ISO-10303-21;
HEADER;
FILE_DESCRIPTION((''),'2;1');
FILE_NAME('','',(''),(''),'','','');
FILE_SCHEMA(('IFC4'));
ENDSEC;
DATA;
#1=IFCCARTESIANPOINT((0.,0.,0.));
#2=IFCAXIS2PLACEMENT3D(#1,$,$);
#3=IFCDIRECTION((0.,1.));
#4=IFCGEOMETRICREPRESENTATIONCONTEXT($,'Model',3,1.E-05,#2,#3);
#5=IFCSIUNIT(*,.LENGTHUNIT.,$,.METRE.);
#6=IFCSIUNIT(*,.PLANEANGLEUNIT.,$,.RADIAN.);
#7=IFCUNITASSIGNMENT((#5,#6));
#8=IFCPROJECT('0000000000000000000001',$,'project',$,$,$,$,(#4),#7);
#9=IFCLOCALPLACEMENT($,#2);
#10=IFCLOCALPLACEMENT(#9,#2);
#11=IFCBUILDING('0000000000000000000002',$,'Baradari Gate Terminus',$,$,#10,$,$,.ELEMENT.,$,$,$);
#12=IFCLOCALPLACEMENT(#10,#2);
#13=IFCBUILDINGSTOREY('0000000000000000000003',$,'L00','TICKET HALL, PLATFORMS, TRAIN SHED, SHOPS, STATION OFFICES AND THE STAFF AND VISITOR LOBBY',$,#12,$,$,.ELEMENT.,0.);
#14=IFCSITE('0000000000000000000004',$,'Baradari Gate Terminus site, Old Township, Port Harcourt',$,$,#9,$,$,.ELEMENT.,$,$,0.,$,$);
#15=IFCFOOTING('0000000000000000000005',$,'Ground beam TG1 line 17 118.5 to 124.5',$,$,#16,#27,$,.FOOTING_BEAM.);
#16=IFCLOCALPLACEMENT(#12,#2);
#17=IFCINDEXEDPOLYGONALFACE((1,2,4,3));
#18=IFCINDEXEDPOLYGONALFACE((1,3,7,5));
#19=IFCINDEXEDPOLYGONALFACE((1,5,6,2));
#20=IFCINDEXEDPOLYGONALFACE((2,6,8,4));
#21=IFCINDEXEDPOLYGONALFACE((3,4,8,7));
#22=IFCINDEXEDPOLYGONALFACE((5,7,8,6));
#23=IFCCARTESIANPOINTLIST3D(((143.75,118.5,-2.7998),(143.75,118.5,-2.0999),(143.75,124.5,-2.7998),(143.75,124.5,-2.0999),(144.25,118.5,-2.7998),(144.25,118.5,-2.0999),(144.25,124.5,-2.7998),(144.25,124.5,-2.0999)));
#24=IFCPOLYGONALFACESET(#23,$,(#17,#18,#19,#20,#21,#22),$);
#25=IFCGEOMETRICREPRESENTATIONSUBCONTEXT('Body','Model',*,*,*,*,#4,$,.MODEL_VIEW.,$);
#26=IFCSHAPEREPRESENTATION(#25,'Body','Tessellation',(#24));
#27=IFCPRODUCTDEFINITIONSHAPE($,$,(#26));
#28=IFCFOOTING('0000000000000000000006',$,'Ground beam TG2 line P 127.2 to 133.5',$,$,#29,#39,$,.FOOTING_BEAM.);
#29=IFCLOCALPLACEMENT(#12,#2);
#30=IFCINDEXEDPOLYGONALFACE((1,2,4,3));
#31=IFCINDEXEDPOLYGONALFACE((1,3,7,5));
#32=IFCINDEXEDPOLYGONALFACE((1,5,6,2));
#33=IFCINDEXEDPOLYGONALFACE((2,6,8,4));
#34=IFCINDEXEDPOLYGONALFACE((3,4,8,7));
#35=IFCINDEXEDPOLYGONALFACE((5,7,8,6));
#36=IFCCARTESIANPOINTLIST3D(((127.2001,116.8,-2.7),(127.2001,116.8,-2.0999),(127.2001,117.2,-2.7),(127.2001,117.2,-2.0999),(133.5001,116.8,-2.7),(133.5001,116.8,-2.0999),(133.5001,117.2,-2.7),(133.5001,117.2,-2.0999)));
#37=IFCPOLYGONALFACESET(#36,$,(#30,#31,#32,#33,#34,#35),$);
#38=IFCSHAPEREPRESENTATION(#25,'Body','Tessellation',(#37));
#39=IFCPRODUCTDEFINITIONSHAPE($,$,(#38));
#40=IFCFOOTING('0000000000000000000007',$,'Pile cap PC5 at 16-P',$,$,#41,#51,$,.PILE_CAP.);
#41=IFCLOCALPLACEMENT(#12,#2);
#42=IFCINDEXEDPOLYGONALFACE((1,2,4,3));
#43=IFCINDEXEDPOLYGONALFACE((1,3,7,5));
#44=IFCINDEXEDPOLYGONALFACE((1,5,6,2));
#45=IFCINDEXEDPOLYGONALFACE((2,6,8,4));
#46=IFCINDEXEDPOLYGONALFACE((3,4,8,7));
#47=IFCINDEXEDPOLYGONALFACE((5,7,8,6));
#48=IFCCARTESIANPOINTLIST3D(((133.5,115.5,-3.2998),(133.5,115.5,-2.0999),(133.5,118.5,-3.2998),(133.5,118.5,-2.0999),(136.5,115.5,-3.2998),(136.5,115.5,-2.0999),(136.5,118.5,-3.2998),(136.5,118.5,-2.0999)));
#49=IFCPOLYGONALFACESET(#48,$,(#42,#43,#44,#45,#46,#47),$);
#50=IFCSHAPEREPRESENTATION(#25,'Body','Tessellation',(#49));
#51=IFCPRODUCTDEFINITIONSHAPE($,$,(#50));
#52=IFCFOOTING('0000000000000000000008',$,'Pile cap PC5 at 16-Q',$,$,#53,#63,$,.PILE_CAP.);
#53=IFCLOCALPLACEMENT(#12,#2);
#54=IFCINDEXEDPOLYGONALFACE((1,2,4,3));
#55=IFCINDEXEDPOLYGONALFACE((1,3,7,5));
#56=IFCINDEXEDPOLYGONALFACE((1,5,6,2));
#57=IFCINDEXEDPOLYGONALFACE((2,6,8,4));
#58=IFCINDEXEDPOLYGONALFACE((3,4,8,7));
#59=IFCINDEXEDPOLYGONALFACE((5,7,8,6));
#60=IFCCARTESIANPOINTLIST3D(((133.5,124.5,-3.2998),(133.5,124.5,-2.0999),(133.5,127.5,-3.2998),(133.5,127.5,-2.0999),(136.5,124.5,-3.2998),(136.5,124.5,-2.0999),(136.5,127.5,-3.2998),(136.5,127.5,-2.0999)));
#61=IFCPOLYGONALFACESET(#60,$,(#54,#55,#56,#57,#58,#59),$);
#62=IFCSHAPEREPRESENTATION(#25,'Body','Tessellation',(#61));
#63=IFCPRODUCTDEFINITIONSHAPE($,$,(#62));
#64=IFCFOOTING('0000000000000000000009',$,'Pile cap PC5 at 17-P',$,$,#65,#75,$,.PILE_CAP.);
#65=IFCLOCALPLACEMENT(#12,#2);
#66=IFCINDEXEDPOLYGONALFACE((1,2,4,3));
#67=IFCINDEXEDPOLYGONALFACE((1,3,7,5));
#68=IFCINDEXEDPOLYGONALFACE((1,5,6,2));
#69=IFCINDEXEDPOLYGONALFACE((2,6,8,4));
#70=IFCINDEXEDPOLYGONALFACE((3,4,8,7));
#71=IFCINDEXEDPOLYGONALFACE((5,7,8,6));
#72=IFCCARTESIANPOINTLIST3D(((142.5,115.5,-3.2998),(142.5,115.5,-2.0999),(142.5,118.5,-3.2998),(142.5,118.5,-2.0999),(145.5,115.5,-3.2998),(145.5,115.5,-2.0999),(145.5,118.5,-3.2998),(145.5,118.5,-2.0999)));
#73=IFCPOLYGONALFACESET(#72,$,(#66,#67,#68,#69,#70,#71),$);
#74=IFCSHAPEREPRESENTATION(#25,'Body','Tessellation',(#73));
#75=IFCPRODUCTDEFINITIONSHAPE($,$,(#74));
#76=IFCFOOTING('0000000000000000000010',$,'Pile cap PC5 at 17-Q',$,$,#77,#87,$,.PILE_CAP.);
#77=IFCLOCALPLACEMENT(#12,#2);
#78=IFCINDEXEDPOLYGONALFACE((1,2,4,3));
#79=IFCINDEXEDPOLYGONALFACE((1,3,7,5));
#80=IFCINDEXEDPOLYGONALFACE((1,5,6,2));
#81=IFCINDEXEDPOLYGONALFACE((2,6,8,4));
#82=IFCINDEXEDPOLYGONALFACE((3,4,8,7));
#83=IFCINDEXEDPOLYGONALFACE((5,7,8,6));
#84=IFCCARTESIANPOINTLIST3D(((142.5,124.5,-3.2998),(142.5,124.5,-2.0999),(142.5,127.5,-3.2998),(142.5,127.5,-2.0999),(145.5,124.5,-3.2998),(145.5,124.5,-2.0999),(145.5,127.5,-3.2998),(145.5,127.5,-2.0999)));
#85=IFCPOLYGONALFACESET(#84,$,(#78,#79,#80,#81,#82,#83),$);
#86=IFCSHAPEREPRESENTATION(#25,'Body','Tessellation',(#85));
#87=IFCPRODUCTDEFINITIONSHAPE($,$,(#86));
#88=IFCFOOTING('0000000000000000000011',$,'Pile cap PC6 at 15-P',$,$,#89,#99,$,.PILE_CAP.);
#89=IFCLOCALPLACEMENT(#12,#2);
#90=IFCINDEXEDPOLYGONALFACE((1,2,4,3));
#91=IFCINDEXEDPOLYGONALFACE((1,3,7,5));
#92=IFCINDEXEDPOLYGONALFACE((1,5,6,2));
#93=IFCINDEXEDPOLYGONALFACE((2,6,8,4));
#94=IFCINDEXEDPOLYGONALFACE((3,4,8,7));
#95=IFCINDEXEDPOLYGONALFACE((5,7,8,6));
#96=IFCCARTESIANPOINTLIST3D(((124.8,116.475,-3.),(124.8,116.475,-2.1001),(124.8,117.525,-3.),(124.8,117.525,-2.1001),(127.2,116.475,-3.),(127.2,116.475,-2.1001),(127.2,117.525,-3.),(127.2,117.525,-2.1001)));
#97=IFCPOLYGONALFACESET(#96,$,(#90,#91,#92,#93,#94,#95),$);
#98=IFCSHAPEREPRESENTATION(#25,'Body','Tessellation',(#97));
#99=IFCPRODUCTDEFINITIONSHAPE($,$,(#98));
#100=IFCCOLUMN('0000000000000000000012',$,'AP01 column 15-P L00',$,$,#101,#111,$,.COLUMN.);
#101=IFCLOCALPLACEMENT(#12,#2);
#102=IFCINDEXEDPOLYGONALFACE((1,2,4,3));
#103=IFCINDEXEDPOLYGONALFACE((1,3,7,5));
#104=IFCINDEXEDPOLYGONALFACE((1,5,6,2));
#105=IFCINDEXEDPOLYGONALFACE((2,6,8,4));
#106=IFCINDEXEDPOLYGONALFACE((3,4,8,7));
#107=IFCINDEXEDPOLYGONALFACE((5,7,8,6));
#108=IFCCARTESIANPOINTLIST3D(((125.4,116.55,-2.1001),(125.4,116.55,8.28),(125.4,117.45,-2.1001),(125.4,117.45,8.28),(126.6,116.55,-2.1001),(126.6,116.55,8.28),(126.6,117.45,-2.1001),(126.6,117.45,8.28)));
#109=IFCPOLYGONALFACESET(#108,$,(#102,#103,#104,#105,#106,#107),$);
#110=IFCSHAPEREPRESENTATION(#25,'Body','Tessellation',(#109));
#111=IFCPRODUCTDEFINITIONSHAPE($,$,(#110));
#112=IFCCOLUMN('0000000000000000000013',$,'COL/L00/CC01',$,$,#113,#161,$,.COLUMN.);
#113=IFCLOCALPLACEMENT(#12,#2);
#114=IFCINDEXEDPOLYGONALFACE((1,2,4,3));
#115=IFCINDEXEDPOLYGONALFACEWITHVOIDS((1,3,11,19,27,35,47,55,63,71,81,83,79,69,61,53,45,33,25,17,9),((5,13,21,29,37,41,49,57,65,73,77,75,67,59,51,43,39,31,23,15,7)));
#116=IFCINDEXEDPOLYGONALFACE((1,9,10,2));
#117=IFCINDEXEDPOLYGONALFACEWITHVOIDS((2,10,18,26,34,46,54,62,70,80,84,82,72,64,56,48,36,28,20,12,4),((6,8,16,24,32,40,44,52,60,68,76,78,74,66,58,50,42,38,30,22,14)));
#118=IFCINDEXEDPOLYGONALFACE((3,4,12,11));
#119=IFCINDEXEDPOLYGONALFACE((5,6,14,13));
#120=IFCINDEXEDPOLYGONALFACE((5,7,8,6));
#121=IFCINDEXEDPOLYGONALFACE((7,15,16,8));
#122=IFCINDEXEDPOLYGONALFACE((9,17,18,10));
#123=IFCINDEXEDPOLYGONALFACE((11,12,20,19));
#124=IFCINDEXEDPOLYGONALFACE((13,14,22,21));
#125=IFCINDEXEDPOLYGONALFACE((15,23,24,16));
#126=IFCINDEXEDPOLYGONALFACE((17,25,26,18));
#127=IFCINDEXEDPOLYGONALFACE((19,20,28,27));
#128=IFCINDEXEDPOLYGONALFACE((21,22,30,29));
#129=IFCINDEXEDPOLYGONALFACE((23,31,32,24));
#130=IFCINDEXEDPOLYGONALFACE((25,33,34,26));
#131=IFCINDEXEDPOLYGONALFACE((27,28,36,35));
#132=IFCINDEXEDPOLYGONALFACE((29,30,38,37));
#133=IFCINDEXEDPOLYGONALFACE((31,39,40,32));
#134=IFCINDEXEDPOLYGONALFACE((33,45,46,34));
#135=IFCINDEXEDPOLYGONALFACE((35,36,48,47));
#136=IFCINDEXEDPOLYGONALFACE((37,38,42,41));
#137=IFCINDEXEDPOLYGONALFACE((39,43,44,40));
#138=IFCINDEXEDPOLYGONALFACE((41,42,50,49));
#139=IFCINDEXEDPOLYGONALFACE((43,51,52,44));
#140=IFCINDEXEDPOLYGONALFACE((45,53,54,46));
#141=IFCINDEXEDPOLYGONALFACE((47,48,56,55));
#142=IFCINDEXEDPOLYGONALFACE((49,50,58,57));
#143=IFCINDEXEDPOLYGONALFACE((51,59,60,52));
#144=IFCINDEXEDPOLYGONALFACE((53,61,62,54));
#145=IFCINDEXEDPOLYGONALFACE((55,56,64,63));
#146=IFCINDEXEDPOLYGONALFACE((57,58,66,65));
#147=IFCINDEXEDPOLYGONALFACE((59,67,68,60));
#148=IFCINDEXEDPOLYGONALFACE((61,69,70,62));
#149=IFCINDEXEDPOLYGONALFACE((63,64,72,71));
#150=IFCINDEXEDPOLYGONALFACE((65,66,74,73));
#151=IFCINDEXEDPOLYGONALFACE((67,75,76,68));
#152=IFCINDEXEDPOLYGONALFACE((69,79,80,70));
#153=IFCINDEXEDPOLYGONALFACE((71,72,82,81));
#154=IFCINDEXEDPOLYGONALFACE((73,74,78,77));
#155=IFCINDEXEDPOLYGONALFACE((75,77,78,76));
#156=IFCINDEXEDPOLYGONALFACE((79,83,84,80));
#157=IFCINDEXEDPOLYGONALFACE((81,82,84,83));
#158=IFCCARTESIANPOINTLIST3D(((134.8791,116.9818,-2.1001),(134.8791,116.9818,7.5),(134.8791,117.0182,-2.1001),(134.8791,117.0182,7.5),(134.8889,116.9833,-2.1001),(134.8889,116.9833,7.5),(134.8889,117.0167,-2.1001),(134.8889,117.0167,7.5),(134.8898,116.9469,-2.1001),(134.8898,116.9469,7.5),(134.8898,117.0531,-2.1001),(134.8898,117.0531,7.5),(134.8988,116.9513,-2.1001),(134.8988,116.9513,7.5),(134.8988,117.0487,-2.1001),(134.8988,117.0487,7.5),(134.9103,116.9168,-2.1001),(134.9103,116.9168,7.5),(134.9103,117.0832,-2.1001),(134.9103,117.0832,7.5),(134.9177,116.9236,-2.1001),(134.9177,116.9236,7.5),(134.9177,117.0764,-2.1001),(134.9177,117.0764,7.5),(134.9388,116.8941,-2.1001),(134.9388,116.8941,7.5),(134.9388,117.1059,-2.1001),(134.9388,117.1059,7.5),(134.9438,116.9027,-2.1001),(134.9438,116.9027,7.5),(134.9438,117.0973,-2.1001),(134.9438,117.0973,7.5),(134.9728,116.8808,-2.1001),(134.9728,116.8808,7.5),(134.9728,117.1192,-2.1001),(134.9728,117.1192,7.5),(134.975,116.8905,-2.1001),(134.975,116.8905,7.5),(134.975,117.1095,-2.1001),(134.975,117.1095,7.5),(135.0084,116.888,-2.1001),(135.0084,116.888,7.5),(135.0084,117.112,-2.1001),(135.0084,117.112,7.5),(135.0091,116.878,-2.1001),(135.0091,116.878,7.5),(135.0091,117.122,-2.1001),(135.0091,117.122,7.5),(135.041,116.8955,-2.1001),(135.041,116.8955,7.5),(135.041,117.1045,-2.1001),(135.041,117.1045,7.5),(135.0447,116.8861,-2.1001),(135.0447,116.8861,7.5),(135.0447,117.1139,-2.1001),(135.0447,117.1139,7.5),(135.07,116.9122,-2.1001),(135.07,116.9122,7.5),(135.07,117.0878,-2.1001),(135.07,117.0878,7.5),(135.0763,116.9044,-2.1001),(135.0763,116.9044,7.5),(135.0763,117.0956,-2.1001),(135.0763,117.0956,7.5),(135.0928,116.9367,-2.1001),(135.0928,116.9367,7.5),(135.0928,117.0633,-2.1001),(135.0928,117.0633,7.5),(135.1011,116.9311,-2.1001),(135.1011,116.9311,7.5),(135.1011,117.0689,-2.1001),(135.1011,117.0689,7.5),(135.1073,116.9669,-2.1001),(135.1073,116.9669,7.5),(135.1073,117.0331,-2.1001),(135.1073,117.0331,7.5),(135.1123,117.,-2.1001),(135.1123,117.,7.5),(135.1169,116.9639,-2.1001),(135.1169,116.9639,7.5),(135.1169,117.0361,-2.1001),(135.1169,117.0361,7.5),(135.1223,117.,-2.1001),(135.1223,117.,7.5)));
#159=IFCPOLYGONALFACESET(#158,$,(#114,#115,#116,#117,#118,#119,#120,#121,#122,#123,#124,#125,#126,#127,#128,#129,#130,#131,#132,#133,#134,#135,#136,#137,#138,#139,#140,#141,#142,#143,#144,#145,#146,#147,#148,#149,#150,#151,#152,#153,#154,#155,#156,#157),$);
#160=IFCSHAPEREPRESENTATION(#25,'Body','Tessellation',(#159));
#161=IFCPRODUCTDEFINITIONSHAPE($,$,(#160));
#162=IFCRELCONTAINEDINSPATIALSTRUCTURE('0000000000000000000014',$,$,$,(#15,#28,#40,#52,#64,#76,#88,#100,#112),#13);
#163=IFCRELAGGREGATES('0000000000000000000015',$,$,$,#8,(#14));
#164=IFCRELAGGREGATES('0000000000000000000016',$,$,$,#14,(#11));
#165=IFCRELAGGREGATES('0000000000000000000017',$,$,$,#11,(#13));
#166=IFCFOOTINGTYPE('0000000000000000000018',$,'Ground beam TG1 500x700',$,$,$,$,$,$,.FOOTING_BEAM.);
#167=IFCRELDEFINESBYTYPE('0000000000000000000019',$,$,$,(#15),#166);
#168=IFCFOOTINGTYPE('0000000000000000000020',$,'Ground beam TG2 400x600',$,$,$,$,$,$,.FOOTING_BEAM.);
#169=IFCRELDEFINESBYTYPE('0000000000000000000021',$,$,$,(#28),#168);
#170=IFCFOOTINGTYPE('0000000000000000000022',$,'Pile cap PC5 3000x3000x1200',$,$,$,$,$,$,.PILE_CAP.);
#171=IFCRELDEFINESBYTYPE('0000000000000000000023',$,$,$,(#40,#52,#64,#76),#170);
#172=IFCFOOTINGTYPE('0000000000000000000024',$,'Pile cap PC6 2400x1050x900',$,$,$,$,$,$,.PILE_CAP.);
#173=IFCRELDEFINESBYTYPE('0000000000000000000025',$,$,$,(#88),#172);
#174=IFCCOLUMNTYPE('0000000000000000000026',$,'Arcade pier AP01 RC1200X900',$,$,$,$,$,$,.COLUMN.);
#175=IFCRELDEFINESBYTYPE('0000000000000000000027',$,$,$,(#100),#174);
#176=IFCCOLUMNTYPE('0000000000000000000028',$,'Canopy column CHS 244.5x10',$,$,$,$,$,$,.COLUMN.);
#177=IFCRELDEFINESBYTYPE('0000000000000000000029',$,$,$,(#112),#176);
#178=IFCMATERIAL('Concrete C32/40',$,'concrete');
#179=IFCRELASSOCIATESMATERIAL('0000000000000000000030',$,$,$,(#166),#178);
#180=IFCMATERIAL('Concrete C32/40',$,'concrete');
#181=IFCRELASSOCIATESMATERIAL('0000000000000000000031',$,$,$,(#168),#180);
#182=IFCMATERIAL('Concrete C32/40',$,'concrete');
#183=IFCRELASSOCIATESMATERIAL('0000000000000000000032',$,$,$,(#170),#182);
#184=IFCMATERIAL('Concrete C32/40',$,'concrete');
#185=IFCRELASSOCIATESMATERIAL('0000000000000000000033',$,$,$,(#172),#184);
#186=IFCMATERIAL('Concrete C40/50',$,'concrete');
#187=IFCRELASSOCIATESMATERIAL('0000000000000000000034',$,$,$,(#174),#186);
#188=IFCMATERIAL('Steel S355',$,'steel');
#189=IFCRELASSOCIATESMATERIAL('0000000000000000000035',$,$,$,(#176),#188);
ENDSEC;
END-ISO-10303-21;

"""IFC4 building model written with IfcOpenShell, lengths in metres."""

from ifc_helpers import new_model, si_unit, direction, frame, origin, origin_2d, place, context, subcontext, project, spatial, rectangle, hollow_circle, extrude, material, material_profile, profile_set, type_object, element, save


model = new_model("IFC4")

# Units and contexts
model_context = context("Model", 3, precision=1e-05, world=origin(), true_north=direction((0.0, 1.0)))
body_context = subcontext(model_context, "Body", "Model", "MODEL_VIEW")
ifc_project = project(units=[si_unit("LENGTHUNIT", "METRE"), si_unit("PLANEANGLEUNIT", "RADIAN")], contexts=[model_context])

# Site, building, storey
site_placement = place(None, origin())
site = spatial("IfcSite", under=ifc_project, at=site_placement, Name="Baradari Gate Terminus site, Old Township, Port Harcourt", CompositionType="ELEMENT", RefElevation=0.0)
building_placement = place(site_placement, origin())
building = spatial("IfcBuilding", under=site, at=building_placement, Name="Baradari Gate Terminus", CompositionType="ELEMENT")
storey_placement = place(building_placement, origin())
storey = spatial("IfcBuildingStorey", under=building, at=storey_placement, Name="L00", Description="TICKET HALL, PLATFORMS, TRAIN SHED, SHOPS, STATION OFFICES AND THE STAFF AND VISITOR LOBBY", CompositionType="ELEMENT", Elevation=0.0)

# Footings
ifc_material_1 = material(Name="Concrete C32/40", Category="concrete")
footing_type_1 = type_object("IfcFootingType", Name="Ground beam TG1 500x700", PredefinedType="FOOTING_BEAM", material=ifc_material_1)
for number, where, z_axis, x_axis, name in (
    (1, (144.0, 121.5, -2.7998), (0.0, 0.0, 1.0), (1.0, 0.0, 0.0), "Ground beam TG1 line 17 118.5 to 124.5"),
):
    element("IfcFooting", number, at=place(storey_placement, frame(where, z_axis=z_axis, x_axis=x_axis)), inside=storey, type_object=footing_type_1, Name=name, PredefinedType="FOOTING_BEAM", context=body_context, shape_type="SweptSolid", body=[
        extrude(rectangle(XDim=0.5, YDim=6.0, at=origin_2d()), origin(), (0.0, 0.0, 1.0), 0.7),
    ])
ifc_material_2 = material(Name="Concrete C32/40", Category="concrete")
footing_type_2 = type_object("IfcFootingType", Name="Ground beam TG2 400x600", PredefinedType="FOOTING_BEAM", material=ifc_material_2)
footing_1_placement = place(storey_placement, frame((130.3501, 117.0, -2.7), z_axis=(0.0, 0.0, 1.0), x_axis=(1.0, 0.0, 0.0)))
element("IfcFooting", 2, at=footing_1_placement, inside=storey, type_object=footing_type_2, Name="Ground beam TG2 line P 127.2 to 133.5", PredefinedType="FOOTING_BEAM", context=body_context, shape_type="SweptSolid", body=[
    extrude(rectangle(XDim=6.3, YDim=0.3999, at=origin_2d()), origin(), (0.0, 0.0, 1.0), 0.6001),
])
ifc_material_3 = material(Name="Concrete C32/40", Category="concrete")
footing_type_3 = type_object("IfcFootingType", Name="Pile cap PC5 3000x3000x1200", PredefinedType="PILE_CAP", material=ifc_material_3)
for number, where, z_axis, x_axis, name in (
    (3, (135.0, 117.0, -3.2998), (0.0, 0.0, 1.0), (1.0, 0.0, 0.0), "Pile cap PC5 at 16-P"),
    (4, (135.0, 126.0, -3.2998), (0.0, 0.0, 1.0), (1.0, 0.0, 0.0), "Pile cap PC5 at 16-Q"),
    (5, (144.0, 117.0, -3.2998), (0.0, 0.0, 1.0), (1.0, 0.0, 0.0), "Pile cap PC5 at 17-P"),
    (6, (144.0, 126.0, -3.2998), (0.0, 0.0, 1.0), (1.0, 0.0, 0.0), "Pile cap PC5 at 17-Q"),
):
    element("IfcFooting", number, at=place(storey_placement, frame(where, z_axis=z_axis, x_axis=x_axis)), inside=storey, type_object=footing_type_3, Name=name, PredefinedType="PILE_CAP", context=body_context, shape_type="SweptSolid", body=[
        extrude(rectangle(XDim=3.0, YDim=3.0, at=origin_2d()), origin(), (0.0, 0.0, 1.0), 1.2),
    ])
ifc_material_4 = material(Name="Concrete C32/40", Category="concrete")
footing_type_4 = type_object("IfcFootingType", Name="Pile cap PC6 2400x1050x900", PredefinedType="PILE_CAP", material=ifc_material_4)
footing_2_placement = place(storey_placement, frame((126.0, 117.0, -3.0), z_axis=(0.0, 0.0, 1.0), x_axis=(1.0, 0.0, 0.0)))
element("IfcFooting", 7, at=footing_2_placement, inside=storey, type_object=footing_type_4, Name="Pile cap PC6 at 15-P", PredefinedType="PILE_CAP", context=body_context, shape_type="SweptSolid", body=[
    extrude(rectangle(XDim=2.3999, YDim=1.05, at=origin_2d()), origin(), (0.0, 0.0, 1.0), 0.8999),
])

# Columns
ifc_material_5 = material(Name="Concrete C40/50", Category="concrete")
ifc_material_profile_1 = material_profile(ifc_material_5, rectangle(XDim=1.2, YDim=0.8999, at=origin_2d()), Name="RC1200X900")
ifc_profile_set_1 = profile_set([ifc_material_profile_1], Name="Concrete C40/50")
column_type_1 = type_object("IfcColumnType", Name="Arcade pier AP01 RC1200X900", PredefinedType="COLUMN", material=ifc_profile_set_1)
column_placement = place(storey_placement, frame((126.0, 117.0, -2.1001), z_axis=(0.0, 0.0, 1.0), x_axis=(1.0, 0.0, 0.0)))
element("IfcColumn", 8, at=column_placement, inside=storey, type_object=column_type_1, Name="AP01 column 15-P L00", PredefinedType="COLUMN", context=body_context, shape_type="SweptSolid", body=[
    extrude(rectangle(XDim=1.2, YDim=0.8999, at=origin_2d()), origin(), (0.0, 0.0, 1.0), 10.3801),
])
ifc_material_6 = material(Name="Steel S355", Category="steel")
ifc_material_profile_2 = material_profile(ifc_material_6, hollow_circle(Radius=0.1223, WallThickness=0.01, at=origin_2d()), Name="CHS 244.5x10")
ifc_profile_set_2 = profile_set([ifc_material_profile_2], Name="Steel S355")
column_type_2 = type_object("IfcColumnType", Name="Canopy column CHS 244.5x10", PredefinedType="COLUMN", material=ifc_profile_set_2)
for number, where, z_axis, x_axis, name in (
    (9, (135.0, 117.0, -2.1001), (0.0, 0.0, 1.0), (1.0, 0.0, 0.0), "COL/L00/CC01"),
):
    element("IfcColumn", number, at=place(storey_placement, frame(where, z_axis=z_axis, x_axis=x_axis)), inside=storey, type_object=column_type_2, Name=name, PredefinedType="COLUMN", context=body_context, shape_type="SweptSolid", body=[
        extrude(hollow_circle(Radius=0.1223, WallThickness=0.01, at=origin_2d()), origin(), (0.0, 0.0, 1.0), 9.6001),
    ])

save(model, "model.ifc")
